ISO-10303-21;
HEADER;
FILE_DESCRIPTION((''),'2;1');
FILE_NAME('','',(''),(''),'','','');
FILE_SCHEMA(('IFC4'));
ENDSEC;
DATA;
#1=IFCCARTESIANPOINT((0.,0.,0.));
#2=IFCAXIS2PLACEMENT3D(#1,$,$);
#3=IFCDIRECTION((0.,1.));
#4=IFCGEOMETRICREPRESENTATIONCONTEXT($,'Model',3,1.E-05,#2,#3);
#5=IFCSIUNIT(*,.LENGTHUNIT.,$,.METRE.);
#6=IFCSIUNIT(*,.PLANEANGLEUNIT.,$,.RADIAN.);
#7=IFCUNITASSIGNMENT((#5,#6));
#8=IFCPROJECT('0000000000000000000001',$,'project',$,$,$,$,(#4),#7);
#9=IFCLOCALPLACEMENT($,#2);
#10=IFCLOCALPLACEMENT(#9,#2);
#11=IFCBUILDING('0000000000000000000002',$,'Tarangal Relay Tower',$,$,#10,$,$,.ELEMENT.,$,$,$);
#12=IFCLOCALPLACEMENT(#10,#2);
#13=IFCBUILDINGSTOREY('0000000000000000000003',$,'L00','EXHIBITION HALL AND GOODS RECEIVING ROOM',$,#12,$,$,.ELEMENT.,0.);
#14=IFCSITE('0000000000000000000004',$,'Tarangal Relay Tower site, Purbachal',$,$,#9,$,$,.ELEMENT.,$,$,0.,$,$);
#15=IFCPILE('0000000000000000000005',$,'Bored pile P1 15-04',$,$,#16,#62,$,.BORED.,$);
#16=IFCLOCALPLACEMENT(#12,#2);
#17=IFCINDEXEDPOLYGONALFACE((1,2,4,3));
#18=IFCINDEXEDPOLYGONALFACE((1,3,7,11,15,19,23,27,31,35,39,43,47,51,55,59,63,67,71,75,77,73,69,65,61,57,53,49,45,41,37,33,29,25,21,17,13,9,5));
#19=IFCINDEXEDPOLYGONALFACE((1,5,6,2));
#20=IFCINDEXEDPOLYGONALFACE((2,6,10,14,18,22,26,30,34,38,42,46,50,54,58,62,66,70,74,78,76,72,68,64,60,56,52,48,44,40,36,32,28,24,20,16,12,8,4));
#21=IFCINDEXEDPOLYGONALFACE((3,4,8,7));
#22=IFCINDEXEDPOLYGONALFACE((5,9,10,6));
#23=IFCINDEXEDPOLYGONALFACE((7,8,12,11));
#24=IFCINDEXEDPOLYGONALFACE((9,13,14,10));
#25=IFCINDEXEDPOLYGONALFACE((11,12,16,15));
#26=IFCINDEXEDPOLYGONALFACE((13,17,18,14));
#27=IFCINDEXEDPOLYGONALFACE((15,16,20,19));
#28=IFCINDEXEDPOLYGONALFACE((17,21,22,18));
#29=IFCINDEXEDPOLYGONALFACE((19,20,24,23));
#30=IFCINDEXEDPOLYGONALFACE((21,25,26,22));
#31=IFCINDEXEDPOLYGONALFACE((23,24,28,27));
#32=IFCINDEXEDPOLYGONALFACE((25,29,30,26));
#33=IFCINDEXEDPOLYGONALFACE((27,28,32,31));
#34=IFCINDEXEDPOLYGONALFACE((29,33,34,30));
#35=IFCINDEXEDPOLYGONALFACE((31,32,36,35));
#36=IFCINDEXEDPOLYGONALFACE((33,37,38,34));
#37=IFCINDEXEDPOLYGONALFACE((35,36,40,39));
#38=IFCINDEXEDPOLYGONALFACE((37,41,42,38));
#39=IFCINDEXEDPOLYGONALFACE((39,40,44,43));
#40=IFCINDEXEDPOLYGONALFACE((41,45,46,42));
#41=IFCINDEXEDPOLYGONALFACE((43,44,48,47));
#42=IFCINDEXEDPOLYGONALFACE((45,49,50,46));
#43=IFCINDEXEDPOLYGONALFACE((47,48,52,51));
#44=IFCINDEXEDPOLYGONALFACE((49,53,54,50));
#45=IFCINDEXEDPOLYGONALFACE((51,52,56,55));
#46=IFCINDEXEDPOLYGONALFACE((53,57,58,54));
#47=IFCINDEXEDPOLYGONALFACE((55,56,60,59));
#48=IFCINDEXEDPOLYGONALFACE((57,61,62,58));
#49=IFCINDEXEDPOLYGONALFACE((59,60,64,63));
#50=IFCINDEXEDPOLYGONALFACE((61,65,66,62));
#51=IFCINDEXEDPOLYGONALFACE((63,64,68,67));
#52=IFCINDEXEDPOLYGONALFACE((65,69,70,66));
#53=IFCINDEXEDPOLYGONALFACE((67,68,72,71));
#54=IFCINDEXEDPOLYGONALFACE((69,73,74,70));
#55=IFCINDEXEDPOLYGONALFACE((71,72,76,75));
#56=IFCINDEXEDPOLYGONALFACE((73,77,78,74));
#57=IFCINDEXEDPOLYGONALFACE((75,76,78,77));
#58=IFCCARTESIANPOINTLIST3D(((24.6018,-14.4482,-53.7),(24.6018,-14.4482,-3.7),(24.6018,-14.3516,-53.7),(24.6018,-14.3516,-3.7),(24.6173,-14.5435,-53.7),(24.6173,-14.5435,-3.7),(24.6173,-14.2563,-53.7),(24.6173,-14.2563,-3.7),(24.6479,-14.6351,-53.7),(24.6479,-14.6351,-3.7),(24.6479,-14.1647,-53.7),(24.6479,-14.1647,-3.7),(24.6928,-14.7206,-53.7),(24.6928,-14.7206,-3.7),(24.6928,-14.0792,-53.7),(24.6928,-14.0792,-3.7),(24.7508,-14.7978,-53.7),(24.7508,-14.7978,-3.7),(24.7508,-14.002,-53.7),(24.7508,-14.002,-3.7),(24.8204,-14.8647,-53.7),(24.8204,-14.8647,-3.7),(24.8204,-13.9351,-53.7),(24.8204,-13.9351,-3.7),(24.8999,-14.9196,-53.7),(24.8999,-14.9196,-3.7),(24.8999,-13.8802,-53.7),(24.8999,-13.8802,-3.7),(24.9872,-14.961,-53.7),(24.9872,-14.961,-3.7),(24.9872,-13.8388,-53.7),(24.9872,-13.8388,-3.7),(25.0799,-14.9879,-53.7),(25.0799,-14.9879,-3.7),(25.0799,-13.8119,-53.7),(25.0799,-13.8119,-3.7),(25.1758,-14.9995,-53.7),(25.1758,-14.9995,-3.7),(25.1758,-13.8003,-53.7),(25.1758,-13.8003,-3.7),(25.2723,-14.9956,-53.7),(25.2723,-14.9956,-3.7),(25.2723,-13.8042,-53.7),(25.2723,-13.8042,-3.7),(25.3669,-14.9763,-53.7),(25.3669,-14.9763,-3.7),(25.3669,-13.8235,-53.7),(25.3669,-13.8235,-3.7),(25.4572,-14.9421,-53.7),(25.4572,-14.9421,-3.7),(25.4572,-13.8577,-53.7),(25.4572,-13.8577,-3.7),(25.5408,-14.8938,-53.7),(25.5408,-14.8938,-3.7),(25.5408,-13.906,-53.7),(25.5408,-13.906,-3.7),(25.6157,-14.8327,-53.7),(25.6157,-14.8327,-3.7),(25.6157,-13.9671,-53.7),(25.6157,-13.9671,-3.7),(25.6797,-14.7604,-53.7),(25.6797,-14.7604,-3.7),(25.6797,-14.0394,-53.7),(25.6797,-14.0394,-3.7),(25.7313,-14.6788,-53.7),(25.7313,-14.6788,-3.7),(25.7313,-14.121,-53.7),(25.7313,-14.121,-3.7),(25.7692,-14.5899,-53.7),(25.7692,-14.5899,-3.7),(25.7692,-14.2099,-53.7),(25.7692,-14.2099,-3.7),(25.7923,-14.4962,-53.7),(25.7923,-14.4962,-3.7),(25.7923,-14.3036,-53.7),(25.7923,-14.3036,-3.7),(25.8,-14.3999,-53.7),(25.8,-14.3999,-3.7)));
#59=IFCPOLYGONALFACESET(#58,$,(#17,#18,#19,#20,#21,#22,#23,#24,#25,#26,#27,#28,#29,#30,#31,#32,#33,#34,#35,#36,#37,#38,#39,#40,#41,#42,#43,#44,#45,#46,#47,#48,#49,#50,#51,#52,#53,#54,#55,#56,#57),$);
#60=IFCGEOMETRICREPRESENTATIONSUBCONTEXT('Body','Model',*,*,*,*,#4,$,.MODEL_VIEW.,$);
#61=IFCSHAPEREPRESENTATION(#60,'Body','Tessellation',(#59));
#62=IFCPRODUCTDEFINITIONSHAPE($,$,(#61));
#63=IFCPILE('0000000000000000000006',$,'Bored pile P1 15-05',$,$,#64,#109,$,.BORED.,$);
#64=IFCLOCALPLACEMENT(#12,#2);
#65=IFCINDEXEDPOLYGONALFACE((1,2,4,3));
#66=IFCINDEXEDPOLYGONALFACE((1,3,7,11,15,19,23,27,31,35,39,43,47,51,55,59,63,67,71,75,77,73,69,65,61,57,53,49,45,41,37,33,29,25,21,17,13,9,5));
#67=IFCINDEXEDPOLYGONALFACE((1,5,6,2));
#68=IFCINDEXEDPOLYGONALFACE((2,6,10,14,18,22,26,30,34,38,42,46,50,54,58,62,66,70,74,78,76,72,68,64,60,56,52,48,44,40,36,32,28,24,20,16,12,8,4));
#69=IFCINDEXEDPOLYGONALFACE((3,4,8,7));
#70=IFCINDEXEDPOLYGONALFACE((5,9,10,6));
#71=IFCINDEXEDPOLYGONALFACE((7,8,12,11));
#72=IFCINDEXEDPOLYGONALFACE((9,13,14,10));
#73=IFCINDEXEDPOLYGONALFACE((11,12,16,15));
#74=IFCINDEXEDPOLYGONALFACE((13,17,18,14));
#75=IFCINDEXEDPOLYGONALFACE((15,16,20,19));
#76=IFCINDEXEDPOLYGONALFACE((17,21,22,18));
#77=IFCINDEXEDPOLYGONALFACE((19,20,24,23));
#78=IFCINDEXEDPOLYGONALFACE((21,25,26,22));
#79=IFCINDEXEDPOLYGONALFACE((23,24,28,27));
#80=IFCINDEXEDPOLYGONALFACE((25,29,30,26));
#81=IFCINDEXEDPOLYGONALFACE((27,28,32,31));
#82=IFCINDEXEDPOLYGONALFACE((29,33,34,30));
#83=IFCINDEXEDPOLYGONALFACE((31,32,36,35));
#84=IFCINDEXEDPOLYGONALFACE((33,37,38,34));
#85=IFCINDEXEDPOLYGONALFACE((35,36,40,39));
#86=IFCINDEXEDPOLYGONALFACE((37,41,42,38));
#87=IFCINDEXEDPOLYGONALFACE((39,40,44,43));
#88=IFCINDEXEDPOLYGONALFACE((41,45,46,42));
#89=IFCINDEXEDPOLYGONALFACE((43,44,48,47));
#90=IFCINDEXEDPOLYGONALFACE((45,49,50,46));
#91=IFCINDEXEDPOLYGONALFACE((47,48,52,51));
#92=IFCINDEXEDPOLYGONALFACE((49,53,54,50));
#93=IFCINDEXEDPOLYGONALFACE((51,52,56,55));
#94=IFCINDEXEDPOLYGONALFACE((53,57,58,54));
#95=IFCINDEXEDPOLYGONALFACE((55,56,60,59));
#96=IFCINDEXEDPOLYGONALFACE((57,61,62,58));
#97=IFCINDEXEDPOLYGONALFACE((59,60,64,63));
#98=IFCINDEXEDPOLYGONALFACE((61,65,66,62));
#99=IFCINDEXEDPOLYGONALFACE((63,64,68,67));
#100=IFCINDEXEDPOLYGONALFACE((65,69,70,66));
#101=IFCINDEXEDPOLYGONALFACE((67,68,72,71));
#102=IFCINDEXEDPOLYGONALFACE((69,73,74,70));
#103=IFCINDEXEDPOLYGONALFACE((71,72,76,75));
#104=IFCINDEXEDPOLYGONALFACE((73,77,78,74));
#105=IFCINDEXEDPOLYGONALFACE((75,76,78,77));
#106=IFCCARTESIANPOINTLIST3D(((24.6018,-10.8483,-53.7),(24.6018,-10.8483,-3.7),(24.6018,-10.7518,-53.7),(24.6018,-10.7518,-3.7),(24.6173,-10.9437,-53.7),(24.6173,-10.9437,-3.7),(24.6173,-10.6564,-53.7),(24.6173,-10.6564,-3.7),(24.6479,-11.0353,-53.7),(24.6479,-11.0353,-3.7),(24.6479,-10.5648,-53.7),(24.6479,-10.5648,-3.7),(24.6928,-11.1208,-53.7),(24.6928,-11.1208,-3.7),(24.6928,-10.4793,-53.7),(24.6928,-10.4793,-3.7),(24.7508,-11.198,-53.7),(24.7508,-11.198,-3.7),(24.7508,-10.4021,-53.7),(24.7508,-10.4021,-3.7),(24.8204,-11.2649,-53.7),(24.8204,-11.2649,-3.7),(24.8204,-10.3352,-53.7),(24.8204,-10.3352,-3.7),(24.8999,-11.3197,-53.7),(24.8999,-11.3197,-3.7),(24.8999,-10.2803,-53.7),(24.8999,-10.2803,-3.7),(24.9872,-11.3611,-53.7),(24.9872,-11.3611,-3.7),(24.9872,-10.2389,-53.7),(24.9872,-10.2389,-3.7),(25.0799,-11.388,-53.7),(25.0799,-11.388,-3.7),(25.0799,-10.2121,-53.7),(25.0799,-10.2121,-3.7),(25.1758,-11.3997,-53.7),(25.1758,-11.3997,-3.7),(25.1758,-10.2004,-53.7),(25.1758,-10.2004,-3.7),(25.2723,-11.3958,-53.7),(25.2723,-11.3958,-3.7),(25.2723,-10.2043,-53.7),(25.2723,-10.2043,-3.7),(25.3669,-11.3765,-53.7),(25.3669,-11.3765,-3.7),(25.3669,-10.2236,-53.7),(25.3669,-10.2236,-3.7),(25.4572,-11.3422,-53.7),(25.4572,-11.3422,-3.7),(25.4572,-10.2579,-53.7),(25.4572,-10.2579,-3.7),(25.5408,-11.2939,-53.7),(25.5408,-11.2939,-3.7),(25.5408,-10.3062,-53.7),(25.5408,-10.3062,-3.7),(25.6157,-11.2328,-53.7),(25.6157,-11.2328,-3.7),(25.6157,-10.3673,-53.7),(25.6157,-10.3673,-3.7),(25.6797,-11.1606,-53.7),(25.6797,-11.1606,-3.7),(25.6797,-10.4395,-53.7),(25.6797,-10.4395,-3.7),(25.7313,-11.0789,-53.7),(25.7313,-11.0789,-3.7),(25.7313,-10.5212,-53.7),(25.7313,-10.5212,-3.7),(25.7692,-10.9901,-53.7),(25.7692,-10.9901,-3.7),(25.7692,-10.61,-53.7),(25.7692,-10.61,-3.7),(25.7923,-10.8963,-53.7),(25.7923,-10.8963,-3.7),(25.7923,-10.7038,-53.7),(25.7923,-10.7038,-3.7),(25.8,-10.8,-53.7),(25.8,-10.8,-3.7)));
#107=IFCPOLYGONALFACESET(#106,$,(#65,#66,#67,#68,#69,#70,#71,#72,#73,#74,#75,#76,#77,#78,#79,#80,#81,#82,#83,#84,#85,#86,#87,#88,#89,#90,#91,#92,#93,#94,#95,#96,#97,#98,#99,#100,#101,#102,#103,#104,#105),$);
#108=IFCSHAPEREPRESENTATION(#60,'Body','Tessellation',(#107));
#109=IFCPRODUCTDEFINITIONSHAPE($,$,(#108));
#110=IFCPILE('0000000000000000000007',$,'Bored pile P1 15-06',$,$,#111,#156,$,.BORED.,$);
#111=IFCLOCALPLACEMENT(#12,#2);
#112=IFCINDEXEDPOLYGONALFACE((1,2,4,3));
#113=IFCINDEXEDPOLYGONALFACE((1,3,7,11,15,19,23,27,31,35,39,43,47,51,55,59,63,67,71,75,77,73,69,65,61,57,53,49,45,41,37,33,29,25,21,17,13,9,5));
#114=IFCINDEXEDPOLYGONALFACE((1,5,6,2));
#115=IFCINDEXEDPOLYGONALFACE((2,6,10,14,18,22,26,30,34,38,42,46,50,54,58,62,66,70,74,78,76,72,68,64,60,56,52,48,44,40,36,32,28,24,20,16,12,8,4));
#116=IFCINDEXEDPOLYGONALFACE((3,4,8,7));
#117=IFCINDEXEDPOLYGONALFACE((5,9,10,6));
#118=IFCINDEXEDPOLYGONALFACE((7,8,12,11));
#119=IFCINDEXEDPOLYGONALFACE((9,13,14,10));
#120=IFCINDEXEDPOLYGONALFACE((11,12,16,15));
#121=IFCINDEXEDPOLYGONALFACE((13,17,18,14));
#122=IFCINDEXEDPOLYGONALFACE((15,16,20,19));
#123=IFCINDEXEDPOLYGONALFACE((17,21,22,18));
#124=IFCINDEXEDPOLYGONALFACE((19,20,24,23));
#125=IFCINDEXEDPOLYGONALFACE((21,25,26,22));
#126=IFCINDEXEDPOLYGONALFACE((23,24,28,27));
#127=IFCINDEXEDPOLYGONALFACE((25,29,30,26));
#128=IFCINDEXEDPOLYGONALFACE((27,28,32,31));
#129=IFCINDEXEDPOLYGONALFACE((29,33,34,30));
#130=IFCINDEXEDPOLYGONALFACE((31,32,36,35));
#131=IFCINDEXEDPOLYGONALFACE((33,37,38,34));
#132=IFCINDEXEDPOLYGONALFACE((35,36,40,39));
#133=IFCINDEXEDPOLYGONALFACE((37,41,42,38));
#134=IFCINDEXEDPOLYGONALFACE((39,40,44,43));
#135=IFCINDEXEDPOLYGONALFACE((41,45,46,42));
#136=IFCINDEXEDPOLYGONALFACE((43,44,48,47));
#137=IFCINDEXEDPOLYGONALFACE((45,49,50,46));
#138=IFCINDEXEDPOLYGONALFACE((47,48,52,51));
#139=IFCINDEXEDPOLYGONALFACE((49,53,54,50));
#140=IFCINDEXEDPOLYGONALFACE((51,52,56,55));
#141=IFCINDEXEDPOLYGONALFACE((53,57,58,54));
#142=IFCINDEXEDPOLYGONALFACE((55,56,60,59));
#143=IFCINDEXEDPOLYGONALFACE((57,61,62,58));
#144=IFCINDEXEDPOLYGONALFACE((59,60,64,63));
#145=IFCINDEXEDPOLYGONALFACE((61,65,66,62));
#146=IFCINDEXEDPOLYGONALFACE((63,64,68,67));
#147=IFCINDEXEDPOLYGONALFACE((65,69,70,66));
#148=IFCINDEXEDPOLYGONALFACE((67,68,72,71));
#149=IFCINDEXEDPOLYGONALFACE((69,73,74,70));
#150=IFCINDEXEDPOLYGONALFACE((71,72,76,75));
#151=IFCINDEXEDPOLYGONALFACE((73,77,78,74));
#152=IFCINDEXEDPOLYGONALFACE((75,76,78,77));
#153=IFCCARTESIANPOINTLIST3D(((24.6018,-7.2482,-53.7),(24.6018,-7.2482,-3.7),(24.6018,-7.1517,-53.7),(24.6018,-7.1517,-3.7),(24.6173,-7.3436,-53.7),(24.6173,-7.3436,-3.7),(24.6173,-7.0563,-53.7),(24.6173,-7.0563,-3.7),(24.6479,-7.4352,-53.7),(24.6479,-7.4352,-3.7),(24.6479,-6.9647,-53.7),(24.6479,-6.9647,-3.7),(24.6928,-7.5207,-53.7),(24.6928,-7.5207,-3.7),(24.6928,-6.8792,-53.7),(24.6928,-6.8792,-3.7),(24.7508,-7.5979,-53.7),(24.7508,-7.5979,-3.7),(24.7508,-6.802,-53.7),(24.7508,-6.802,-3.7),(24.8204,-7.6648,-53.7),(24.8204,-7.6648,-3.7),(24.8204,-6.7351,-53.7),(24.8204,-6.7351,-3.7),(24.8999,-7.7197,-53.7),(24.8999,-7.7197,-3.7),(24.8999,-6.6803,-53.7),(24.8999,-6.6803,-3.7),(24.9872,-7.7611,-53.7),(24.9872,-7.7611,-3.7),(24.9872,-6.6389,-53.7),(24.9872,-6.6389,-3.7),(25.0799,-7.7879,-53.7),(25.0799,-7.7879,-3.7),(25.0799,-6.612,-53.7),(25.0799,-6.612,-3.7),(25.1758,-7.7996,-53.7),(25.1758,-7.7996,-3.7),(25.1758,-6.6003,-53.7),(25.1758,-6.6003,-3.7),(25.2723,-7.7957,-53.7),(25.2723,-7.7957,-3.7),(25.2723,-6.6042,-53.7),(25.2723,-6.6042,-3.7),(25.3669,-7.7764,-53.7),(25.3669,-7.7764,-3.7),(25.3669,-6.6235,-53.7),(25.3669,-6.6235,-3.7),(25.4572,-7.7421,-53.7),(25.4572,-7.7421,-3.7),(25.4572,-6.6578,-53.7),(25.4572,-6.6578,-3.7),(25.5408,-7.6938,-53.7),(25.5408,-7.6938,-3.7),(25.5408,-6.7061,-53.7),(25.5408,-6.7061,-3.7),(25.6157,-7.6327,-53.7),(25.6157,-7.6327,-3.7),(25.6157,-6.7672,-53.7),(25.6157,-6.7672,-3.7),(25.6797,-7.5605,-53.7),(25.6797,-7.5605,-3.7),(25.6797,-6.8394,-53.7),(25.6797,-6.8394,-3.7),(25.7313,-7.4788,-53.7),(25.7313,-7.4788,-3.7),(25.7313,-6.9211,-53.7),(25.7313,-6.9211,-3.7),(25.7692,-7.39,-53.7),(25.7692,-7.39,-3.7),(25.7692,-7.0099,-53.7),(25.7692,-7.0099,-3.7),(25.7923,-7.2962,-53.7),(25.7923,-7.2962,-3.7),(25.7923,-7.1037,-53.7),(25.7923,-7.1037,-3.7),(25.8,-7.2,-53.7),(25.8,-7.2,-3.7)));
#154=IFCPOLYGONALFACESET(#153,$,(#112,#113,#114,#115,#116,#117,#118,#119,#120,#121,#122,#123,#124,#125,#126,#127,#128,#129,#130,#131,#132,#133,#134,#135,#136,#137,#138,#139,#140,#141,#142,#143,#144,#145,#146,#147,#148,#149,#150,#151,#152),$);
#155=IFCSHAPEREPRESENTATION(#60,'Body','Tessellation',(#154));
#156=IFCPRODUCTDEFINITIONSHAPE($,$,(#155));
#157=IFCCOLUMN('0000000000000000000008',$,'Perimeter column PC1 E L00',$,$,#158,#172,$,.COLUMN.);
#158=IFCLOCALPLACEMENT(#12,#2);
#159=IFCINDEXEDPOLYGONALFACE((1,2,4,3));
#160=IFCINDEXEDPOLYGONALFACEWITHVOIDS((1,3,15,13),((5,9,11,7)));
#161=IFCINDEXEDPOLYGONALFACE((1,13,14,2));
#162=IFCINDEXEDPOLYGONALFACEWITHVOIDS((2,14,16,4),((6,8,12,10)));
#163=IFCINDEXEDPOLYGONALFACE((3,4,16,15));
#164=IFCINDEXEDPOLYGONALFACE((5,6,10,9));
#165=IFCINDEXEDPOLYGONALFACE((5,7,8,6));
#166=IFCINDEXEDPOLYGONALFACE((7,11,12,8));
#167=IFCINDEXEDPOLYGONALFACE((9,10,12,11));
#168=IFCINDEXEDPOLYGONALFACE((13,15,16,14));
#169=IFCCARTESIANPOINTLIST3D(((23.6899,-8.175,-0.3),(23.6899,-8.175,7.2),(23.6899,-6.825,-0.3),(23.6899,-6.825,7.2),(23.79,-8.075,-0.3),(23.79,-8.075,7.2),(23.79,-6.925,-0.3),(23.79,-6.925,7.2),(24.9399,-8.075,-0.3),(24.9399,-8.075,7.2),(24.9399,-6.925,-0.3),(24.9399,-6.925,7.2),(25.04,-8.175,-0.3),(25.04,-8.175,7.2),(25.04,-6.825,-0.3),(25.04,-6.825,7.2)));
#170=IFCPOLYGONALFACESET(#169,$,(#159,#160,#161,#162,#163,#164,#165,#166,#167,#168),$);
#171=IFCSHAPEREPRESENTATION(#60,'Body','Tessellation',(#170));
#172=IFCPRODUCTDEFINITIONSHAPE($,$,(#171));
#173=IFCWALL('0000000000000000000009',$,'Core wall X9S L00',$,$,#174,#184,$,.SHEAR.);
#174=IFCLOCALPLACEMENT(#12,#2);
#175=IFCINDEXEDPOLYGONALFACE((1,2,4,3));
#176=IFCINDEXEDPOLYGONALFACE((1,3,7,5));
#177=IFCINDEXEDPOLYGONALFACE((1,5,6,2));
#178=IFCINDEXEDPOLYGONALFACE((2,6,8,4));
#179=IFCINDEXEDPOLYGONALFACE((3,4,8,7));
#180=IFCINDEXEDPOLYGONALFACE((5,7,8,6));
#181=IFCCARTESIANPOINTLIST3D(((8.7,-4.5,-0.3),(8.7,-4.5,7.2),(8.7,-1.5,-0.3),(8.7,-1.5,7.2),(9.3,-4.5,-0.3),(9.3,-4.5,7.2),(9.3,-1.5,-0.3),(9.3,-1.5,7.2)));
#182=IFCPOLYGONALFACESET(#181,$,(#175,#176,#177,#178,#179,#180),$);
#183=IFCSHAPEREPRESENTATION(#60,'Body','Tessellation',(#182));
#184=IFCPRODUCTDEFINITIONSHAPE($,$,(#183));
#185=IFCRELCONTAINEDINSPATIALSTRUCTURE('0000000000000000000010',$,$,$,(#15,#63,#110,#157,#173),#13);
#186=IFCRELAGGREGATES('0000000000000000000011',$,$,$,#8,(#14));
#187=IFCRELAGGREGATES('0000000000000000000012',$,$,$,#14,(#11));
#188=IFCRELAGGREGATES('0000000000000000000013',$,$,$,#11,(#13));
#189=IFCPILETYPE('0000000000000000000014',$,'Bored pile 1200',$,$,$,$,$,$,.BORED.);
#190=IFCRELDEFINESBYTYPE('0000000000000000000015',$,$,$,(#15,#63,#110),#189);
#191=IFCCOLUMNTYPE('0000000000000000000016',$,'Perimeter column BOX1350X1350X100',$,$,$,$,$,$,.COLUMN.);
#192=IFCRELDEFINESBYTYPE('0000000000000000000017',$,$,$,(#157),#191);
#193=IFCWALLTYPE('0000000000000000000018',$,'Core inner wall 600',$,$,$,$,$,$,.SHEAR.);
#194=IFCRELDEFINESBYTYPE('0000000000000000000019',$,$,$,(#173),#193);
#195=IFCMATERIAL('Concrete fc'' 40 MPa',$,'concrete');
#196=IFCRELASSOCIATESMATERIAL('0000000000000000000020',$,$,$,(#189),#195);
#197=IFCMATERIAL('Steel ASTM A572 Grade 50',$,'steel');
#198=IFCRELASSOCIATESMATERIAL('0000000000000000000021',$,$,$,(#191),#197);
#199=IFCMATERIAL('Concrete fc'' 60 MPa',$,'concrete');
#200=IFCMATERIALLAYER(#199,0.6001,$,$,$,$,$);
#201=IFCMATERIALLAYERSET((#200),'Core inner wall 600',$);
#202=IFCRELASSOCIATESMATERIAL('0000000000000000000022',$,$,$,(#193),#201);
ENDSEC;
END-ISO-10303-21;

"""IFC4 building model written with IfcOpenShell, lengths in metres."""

from ifc_helpers import new_model, si_unit, direction, frame, frame_2d, origin, origin_2d, place, context, subcontext, project, spatial, rectangle, hollow_rectangle, circle, extrude, material, layer, layer_set, material_profile, profile_set, type_object, element, save


model = new_model("IFC4")

# Units and contexts
model_context = context("Model", 3, precision=1e-05, world=origin(), true_north=direction((0.0, 1.0)))
body_context = subcontext(model_context, "Body", "Model", "MODEL_VIEW")
ifc_project = project(units=[si_unit("LENGTHUNIT", "METRE"), si_unit("PLANEANGLEUNIT", "RADIAN")], contexts=[model_context])

# Site, building, storey
site_placement = place(None, origin())
site = spatial("IfcSite", under=ifc_project, at=site_placement, Name="Tarangal Relay Tower site, Purbachal", CompositionType="ELEMENT", RefElevation=0.0)
building_placement = place(site_placement, origin())
building = spatial("IfcBuilding", under=site, at=building_placement, Name="Tarangal Relay Tower", CompositionType="ELEMENT")
storey_placement = place(building_placement, origin())
storey = spatial("IfcBuildingStorey", under=building, at=storey_placement, Name="L00", Description="EXHIBITION HALL AND GOODS RECEIVING ROOM", CompositionType="ELEMENT", Elevation=0.0)

# Piles
ifc_material_1 = material(Name="Concrete fc' 40 MPa", Category="concrete")
ifc_material_profile_1 = material_profile(ifc_material_1, circle(Radius=0.6001, at=origin_2d()), Name="D1200")
ifc_profile_set_1 = profile_set([ifc_material_profile_1], Name="Concrete fc' 40 MPa")
pile_type = type_object("IfcPileType", Name="Bored pile 1200", PredefinedType="BORED", material=ifc_profile_set_1)
for number, where, z_axis, x_axis, name in (
    (1, (25.2, -14.3999, -3.7), (0.0, 0.0, -1.0), (1.0, 0.0, 0.0), "Bored pile P1 15-04"),
    (2, (25.2, -10.8, -3.7), (0.0, 0.0, -1.0), (1.0, 0.0, 0.0), "Bored pile P1 15-05"),
    (3, (25.2, -7.2, -3.7), (0.0, 0.0, -1.0), (1.0, 0.0, 0.0), "Bored pile P1 15-06"),
):
    element("IfcPile", number, at=place(storey_placement, frame(where, z_axis=z_axis, x_axis=x_axis)), inside=storey, type_object=pile_type, Name=name, PredefinedType="BORED", context=body_context, shape_type="SweptSolid", body=[
        extrude(circle(Radius=0.6001, at=origin_2d()), origin(), (0.0, 0.0, 1.0), 50.0),
    ])

# Column
ifc_material_2 = material(Name="Steel ASTM A572 Grade 50", Category="steel")
ifc_material_profile_2 = material_profile(ifc_material_2, hollow_rectangle(XDim=1.3501, YDim=1.3501, WallThickness=0.1001, at=origin_2d()), Name="BOX1350X1350X100")
ifc_profile_set_2 = profile_set([ifc_material_profile_2], Name="Steel ASTM A572 Grade 50")
column_type = type_object("IfcColumnType", Name="Perimeter column BOX1350X1350X100", PredefinedType="COLUMN", material=ifc_profile_set_2)
column_placement = place(storey_placement, frame((24.365, -7.5, -0.3), z_axis=(0.0, 0.0, 1.0), x_axis=(1.0, 0.0, 0.0)))
element("IfcColumn", 4, at=column_placement, inside=storey, type_object=column_type, Name="Perimeter column PC1 E L00", PredefinedType="COLUMN", context=body_context, shape_type="SweptSolid", body=[
    extrude(hollow_rectangle(XDim=1.3501, YDim=1.3501, WallThickness=0.1001, at=origin_2d()), origin(), (0.0, 0.0, 1.0), 7.5),
])

# Wall
ifc_material_3 = material(Name="Concrete fc' 60 MPa", Category="concrete")
ifc_layer_1 = layer(ifc_material_3, 0.6001)
ifc_layer_set_1 = layer_set([ifc_layer_1], Name="Core inner wall 600")
wall_type_1 = type_object("IfcWallType", Name="Core inner wall 600", PredefinedType="SHEAR", material=ifc_layer_set_1)
wall_1_placement = place(storey_placement, frame((9.0, -4.5, -0.3), z_axis=(0.0, 0.0, 1.0), x_axis=(0.0, 1.0, 0.0)))
element("IfcWall", 5, at=wall_1_placement, inside=storey, type_object=wall_type_1, Name="Core wall X9S L00", PredefinedType="SHEAR", context=body_context, shape_type="SweptSolid", body=[
    extrude(rectangle(XDim=3.0, YDim=0.6001, at=frame_2d((1.5, 0.0))), origin(), (0.0, 0.0, 1.0), 7.5),
])

save(model, "model.ifc")
